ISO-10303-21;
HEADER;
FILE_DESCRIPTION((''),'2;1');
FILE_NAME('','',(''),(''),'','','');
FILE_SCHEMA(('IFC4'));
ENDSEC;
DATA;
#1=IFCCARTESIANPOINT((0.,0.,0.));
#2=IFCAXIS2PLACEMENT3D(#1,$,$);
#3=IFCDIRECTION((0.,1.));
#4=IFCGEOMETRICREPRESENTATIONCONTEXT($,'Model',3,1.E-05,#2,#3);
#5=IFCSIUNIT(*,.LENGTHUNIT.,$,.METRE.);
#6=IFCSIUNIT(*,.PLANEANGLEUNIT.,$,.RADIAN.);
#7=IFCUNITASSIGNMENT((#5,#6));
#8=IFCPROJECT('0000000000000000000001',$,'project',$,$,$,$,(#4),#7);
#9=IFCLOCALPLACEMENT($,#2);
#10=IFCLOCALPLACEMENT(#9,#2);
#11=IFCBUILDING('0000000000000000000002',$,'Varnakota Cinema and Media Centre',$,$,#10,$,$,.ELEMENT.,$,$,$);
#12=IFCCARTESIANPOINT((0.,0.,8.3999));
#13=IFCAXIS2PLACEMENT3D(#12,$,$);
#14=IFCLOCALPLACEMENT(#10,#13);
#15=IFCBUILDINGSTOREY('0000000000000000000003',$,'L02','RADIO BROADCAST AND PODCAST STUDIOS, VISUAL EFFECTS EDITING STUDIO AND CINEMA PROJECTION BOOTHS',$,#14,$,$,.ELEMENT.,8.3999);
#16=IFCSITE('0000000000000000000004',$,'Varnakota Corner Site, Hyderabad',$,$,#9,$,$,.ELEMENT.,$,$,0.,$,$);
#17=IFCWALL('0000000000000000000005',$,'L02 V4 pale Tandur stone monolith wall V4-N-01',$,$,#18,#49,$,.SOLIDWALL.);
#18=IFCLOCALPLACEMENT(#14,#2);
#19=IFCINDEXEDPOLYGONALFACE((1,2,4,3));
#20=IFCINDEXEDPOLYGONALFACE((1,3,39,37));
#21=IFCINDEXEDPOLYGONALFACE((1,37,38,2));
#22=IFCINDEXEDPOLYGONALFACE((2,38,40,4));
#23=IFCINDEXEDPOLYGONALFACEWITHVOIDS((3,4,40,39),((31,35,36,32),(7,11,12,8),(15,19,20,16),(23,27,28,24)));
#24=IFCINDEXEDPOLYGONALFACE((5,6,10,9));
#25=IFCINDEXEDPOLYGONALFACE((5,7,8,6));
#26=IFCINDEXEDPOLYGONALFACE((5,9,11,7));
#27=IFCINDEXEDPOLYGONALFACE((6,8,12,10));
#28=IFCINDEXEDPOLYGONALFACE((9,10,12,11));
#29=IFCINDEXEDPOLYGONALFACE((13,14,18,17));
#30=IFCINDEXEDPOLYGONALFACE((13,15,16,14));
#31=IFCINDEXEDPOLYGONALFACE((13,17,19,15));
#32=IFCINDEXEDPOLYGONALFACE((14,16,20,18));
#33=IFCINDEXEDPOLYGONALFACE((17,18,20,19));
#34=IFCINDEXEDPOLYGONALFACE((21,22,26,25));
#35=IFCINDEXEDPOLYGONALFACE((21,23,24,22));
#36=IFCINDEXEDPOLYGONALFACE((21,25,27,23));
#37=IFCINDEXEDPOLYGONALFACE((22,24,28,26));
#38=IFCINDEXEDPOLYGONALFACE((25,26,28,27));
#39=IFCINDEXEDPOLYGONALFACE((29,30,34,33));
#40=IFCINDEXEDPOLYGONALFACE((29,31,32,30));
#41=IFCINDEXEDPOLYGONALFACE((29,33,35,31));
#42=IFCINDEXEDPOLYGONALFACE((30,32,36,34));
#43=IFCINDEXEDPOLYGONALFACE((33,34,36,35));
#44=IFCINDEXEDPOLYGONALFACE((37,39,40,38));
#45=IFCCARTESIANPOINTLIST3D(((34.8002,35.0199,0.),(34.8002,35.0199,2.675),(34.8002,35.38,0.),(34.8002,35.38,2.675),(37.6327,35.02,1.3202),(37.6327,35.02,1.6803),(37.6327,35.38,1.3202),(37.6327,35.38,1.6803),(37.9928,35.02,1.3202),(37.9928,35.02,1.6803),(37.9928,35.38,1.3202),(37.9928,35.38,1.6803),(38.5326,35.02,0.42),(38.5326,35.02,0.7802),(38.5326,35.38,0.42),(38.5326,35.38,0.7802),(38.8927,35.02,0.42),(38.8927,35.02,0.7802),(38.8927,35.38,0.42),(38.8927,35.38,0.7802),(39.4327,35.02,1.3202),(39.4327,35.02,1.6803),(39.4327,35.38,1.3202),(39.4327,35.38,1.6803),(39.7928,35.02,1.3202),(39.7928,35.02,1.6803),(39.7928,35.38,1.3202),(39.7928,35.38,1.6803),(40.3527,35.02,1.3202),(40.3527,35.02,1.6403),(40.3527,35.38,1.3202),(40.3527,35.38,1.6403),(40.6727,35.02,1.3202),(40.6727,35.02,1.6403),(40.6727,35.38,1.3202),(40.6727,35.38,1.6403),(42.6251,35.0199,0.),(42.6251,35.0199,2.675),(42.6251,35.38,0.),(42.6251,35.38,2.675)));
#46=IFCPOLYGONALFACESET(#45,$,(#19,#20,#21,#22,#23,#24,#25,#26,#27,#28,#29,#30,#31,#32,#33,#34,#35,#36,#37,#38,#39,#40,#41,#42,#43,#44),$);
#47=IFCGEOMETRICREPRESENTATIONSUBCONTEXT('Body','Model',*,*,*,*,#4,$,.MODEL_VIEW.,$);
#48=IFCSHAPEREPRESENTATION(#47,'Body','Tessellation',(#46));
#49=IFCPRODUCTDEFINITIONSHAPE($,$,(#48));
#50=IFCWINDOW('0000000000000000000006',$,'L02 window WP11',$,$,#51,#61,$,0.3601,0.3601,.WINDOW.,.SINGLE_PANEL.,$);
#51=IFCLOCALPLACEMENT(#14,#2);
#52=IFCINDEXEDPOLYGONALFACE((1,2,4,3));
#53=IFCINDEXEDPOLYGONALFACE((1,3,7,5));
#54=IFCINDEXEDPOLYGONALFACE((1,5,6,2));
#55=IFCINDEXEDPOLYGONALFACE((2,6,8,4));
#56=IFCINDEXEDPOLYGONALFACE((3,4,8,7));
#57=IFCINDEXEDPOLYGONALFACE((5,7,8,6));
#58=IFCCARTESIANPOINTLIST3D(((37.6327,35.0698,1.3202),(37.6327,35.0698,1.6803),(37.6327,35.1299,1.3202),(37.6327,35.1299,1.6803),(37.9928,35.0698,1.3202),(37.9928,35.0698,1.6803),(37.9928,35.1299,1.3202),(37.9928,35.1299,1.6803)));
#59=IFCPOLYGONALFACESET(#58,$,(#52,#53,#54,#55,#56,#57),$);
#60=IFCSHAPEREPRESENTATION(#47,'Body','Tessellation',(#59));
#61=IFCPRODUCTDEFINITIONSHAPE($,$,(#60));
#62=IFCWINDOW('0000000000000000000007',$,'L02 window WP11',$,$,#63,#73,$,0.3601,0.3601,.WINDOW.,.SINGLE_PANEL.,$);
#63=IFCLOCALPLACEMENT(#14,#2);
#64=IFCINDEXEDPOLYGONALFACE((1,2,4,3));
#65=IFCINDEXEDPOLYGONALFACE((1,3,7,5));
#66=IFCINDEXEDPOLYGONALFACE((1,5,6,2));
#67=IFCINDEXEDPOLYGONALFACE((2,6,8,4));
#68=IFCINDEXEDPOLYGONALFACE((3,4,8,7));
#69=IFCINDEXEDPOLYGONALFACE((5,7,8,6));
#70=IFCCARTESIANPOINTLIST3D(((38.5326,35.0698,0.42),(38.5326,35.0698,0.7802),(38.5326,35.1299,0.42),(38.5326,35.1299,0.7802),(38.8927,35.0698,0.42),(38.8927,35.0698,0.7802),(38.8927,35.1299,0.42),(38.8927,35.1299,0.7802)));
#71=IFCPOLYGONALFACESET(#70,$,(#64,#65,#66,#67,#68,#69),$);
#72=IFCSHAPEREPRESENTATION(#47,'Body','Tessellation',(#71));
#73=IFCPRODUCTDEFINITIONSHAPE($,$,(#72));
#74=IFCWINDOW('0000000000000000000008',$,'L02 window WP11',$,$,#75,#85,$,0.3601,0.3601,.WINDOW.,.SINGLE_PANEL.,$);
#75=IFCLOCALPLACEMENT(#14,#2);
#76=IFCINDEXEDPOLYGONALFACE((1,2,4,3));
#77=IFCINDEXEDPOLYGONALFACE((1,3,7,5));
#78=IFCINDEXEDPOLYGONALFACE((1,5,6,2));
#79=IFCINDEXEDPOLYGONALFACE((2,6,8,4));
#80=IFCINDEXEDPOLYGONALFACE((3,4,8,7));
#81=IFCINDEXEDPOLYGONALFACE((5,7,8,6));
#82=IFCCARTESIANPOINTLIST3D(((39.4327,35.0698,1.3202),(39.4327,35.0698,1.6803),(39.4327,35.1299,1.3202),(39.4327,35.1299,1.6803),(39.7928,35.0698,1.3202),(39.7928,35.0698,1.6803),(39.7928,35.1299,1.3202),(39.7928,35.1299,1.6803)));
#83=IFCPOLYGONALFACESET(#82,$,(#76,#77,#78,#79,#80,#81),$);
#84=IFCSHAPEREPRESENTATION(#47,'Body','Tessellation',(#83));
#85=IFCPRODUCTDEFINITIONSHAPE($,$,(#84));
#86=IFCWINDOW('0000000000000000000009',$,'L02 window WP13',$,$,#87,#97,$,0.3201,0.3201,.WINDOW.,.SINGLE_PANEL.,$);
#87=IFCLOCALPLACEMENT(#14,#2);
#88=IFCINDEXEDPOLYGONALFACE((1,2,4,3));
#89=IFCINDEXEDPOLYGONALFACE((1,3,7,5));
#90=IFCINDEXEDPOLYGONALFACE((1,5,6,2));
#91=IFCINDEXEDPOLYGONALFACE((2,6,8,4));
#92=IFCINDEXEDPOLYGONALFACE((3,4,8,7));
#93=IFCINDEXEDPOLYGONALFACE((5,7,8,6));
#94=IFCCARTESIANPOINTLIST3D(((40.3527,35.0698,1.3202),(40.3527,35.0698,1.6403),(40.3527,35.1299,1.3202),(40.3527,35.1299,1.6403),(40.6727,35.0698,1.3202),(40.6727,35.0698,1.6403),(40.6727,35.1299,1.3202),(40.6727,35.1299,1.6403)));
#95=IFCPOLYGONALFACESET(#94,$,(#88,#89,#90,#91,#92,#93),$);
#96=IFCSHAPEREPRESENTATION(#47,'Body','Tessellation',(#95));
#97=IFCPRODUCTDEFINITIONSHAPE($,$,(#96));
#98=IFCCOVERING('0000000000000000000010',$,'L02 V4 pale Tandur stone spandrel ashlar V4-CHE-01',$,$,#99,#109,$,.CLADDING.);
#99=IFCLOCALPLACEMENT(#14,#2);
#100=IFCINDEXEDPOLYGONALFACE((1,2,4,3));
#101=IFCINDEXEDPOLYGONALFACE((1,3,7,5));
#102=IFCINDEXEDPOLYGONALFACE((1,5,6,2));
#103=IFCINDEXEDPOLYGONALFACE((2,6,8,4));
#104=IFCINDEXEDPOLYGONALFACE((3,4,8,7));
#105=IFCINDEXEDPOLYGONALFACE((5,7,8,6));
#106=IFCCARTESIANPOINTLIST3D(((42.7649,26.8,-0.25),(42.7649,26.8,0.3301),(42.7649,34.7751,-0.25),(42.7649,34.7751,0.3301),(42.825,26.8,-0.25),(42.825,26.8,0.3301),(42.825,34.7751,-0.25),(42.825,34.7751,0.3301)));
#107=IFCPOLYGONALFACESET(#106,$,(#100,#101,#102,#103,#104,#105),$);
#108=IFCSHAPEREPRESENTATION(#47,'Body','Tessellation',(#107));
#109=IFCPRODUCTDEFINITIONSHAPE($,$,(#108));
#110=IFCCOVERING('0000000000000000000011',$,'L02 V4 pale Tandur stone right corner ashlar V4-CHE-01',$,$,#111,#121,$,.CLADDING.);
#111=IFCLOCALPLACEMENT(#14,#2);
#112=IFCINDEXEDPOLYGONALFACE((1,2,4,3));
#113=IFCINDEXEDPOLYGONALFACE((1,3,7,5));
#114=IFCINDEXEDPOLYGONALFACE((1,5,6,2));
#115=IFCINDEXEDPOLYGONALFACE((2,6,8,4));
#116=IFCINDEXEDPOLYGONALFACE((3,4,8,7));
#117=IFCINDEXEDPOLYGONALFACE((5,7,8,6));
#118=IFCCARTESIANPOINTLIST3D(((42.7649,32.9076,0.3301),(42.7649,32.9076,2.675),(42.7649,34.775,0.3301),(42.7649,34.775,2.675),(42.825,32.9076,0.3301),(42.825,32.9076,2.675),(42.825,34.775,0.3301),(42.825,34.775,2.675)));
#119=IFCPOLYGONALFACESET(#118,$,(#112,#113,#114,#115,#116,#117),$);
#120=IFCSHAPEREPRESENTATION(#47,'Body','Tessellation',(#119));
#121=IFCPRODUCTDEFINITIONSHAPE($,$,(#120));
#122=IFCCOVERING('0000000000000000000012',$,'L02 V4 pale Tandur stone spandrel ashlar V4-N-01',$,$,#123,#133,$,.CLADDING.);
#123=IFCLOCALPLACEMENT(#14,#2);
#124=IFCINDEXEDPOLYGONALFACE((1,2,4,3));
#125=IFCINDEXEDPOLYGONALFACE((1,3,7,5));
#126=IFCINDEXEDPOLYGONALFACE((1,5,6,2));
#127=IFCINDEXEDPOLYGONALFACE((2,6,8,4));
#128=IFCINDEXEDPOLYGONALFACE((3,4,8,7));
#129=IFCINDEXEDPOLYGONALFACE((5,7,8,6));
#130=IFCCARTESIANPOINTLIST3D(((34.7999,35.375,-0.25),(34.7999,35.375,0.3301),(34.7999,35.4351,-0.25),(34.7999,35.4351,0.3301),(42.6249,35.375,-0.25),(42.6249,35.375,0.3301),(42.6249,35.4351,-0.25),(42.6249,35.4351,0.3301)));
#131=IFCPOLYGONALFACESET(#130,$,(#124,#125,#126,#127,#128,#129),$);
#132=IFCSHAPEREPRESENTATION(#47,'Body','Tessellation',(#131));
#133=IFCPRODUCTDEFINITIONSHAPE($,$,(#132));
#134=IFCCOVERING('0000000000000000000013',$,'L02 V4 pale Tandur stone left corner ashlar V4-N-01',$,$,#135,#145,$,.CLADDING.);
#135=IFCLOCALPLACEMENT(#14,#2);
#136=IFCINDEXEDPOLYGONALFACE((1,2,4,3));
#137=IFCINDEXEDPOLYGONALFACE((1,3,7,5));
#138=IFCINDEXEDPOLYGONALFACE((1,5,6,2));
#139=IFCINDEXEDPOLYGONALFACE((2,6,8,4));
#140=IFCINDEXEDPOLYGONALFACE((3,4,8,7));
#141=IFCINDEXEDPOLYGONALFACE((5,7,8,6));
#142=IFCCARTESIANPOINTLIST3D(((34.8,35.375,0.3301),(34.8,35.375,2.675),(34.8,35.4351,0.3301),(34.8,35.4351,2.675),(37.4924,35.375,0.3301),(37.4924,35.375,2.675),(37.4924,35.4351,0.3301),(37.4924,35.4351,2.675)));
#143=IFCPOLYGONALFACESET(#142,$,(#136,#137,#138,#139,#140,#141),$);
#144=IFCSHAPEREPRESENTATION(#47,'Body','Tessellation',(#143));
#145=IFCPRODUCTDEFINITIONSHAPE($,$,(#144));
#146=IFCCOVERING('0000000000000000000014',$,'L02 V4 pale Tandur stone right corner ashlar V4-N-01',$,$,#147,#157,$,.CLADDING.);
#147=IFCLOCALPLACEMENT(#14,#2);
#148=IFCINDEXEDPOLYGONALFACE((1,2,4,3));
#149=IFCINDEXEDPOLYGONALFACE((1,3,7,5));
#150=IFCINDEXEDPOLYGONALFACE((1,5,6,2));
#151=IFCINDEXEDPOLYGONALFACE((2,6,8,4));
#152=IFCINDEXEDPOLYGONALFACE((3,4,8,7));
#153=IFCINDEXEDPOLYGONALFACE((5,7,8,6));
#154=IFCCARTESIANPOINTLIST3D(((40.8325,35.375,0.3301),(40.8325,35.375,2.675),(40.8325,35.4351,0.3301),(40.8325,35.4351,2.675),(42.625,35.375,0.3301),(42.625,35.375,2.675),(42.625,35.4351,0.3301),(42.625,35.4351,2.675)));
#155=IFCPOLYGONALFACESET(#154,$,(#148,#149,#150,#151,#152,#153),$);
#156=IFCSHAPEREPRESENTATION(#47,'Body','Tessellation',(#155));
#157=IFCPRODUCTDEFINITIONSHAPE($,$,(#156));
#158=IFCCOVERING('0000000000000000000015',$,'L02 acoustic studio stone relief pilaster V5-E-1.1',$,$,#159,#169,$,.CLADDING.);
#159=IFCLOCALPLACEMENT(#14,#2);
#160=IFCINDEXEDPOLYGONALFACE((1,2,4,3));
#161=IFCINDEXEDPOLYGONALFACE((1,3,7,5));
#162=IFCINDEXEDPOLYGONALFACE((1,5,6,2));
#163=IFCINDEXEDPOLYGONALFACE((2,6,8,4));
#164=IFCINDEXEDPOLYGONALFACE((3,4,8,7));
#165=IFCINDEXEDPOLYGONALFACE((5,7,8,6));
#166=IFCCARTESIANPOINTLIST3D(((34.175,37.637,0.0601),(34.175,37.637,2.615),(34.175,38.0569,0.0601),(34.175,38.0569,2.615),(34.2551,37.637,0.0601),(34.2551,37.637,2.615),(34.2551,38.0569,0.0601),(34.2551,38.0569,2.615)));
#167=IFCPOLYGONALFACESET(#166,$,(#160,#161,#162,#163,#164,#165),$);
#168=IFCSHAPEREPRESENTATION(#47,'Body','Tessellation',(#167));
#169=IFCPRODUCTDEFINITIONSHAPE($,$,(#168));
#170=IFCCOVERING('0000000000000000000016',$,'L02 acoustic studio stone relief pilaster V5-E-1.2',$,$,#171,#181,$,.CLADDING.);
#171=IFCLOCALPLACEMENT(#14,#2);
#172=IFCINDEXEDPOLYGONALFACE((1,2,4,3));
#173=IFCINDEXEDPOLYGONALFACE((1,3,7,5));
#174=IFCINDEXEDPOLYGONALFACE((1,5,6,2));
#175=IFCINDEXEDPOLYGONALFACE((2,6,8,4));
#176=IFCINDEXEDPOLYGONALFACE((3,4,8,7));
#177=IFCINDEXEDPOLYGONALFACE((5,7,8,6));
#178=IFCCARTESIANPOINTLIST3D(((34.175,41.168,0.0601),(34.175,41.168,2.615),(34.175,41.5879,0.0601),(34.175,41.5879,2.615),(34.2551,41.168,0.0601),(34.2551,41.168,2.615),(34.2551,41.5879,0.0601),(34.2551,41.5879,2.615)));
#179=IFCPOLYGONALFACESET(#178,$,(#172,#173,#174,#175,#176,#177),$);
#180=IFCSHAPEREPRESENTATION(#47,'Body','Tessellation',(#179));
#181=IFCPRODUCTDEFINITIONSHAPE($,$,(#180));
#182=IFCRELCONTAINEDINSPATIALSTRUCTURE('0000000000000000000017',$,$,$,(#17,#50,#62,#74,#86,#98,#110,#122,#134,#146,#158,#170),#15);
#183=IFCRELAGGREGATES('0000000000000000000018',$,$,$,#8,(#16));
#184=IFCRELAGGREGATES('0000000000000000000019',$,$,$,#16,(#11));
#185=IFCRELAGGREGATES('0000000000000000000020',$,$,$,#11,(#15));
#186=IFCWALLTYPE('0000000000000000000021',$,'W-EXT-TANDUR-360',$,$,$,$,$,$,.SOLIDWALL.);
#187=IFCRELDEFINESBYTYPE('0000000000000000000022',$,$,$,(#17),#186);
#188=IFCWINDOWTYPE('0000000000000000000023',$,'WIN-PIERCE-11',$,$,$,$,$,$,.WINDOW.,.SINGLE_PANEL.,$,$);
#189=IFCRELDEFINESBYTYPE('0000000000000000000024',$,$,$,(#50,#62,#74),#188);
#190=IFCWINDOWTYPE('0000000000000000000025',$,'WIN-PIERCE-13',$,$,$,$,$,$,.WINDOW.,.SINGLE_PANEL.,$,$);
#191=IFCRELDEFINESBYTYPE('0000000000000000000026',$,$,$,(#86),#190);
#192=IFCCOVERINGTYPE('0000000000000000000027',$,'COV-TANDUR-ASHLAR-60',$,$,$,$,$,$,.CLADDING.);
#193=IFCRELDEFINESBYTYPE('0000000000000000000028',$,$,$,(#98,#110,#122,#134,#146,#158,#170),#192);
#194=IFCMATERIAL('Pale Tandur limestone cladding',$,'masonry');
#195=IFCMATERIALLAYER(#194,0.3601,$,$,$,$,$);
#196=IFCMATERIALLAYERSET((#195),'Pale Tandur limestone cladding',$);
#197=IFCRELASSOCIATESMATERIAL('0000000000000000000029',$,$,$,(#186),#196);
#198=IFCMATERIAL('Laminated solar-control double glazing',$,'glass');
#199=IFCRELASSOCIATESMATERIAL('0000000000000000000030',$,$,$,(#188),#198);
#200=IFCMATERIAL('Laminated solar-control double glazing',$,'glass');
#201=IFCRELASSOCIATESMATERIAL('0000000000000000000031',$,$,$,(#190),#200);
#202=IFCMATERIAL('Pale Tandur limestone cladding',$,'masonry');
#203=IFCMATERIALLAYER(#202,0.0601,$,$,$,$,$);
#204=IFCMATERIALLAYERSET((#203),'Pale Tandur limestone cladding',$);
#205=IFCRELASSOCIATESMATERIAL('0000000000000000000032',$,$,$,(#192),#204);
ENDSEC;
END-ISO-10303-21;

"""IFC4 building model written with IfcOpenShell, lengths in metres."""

from ifc_helpers import new_model, si_unit, direction, frame, frame_2d, origin, origin_2d, place, context, subcontext, project, spatial, rectangle, extrude, material, layer, layer_set, type_object, element, fill, save


model = new_model("IFC4")

# Units and contexts
model_context = context("Model", 3, precision=1e-05, world=origin(), true_north=direction((0.0, 1.0)))
body_context = subcontext(model_context, "Body", "Model", "MODEL_VIEW")
ifc_project = project(units=[si_unit("LENGTHUNIT", "METRE"), si_unit("PLANEANGLEUNIT", "RADIAN")], contexts=[model_context])

# Site, building, storey
site_placement = place(None, origin())
site = spatial("IfcSite", under=ifc_project, at=site_placement, Name="Varnakota Corner Site, Hyderabad", CompositionType="ELEMENT", RefElevation=0.0)
building_placement = place(site_placement, origin())
building = spatial("IfcBuilding", under=site, at=building_placement, Name="Varnakota Cinema and Media Centre", CompositionType="ELEMENT")
storey_placement = place(building_placement, frame((0.0, 0.0, 8.3999)))
storey = spatial("IfcBuildingStorey", under=building, at=storey_placement, Name="L02", Description="RADIO BROADCAST AND PODCAST STUDIOS, VISUAL EFFECTS EDITING STUDIO AND CINEMA PROJECTION BOOTHS", CompositionType="ELEMENT", Elevation=8.3999)

# Wall, openings, windows
ifc_material_1 = material(Name="Pale Tandur limestone cladding", Category="masonry")
ifc_layer_1 = layer(ifc_material_1, 0.3601)
ifc_layer_set_1 = layer_set([ifc_layer_1], Name="Pale Tandur limestone cladding")
wall_type_1 = type_object("IfcWallType", Name="W-EXT-TANDUR-360", PredefinedType="SOLIDWALL", material=ifc_layer_set_1)
wall_1_placement = place(storey_placement, frame((34.8, 35.2, 0.0), z_axis=(0.0, 0.0, 1.0), x_axis=(1.0, 0.0, 0.0)))
wall_1 = element("IfcWall", 1, at=wall_1_placement, inside=storey, type_object=wall_type_1, Name="L02 V4 pale Tandur stone monolith wall V4-N-01", PredefinedType="SOLIDWALL", context=body_context, shape_type="SweptSolid", body=[
    extrude(rectangle(XDim=7.825, YDim=0.3601, at=frame_2d((3.9126, 0.0))), origin(), (0.0, 0.0, 1.0), 2.675),
])
opening_1_placement = place(wall_1_placement, frame((2.8325, 0.0, 1.3201)))
opening_1 = element("IfcOpeningElement", 2, at=opening_1_placement, cuts=wall_1, PredefinedType="OPENING", context=body_context, shape_type="SweptSolid", body=[
    extrude(rectangle(XDim=0.3601, YDim=0.3601, at=frame_2d((0.1802, 0.1802))), frame((0.0, 0.1802, 0.0), z_axis=(0.0, -1.0, 0.0), x_axis=(1.0, 0.0, 0.0)), (0.0, 0.0, 1.0), 0.3601),
])
opening_2_placement = place(wall_1_placement, frame((3.7324, 0.0, 0.4199)))
opening_2 = element("IfcOpeningElement", 3, at=opening_2_placement, cuts=wall_1, PredefinedType="OPENING", context=body_context, shape_type="SweptSolid", body=[
    extrude(rectangle(XDim=0.3601, YDim=0.3601, at=frame_2d((0.1802, 0.1802))), frame((0.0, 0.1802, 0.0), z_axis=(0.0, -1.0, 0.0), x_axis=(1.0, 0.0, 0.0)), (0.0, 0.0, 1.0), 0.3601),
])
opening_3_placement = place(wall_1_placement, frame((4.6326, 0.0, 1.3201)))
opening_3 = element("IfcOpeningElement", 4, at=opening_3_placement, cuts=wall_1, PredefinedType="OPENING", context=body_context, shape_type="SweptSolid", body=[
    extrude(rectangle(XDim=0.3601, YDim=0.3601, at=frame_2d((0.1802, 0.1802))), frame((0.0, 0.1802, 0.0), z_axis=(0.0, -1.0, 0.0), x_axis=(1.0, 0.0, 0.0)), (0.0, 0.0, 1.0), 0.3601),
])
opening_4_placement = place(wall_1_placement, frame((5.5525, 0.0, 1.3201)))
opening_4 = element("IfcOpeningElement", 5, at=opening_4_placement, cuts=wall_1, PredefinedType="OPENING", context=body_context, shape_type="SweptSolid", body=[
    extrude(rectangle(XDim=0.3201, YDim=0.3201, at=frame_2d((0.1602, 0.1602))), frame((0.0, 0.1802, 0.0), z_axis=(0.0, -1.0, 0.0), x_axis=(1.0, 0.0, 0.0)), (0.0, 0.0, 1.0), 0.3601),
])
ifc_material_2 = material(Name="Laminated solar-control double glazing", Category="glass")
window_type_1 = type_object("IfcWindowType", Name="WIN-PIERCE-11", PartitioningType="SINGLE_PANEL", PredefinedType="WINDOW", material=ifc_material_2)
window_1_placement = place(opening_1_placement, origin())
window_1 = element("IfcWindow", 6, at=window_1_placement, inside=storey, type_object=window_type_1, Name="L02 window WP11", OverallHeight=0.3601, OverallWidth=0.3601, PartitioningType="SINGLE_PANEL", PredefinedType="WINDOW", context=body_context, shape_type="SweptSolid", body=[
    extrude(rectangle(XDim=0.3601, YDim=0.3601, at=frame_2d((0.1802, 0.1802))), frame((0.0, -0.0701, 0.0), z_axis=(0.0, -1.0, 0.0), x_axis=(1.0, 0.0, 0.0)), (0.0, 0.0, 1.0), 0.0601),
])
fill(opening_1, window_1)
window_2_placement = place(opening_2_placement, origin())
window_2 = element("IfcWindow", 7, at=window_2_placement, inside=storey, type_object=window_type_1, Name="L02 window WP11", OverallHeight=0.3601, OverallWidth=0.3601, PartitioningType="SINGLE_PANEL", PredefinedType="WINDOW", context=body_context, shape_type="SweptSolid", body=[
    extrude(rectangle(XDim=0.3601, YDim=0.3601, at=frame_2d((0.1802, 0.1802))), frame((0.0, -0.0701, 0.0), z_axis=(0.0, -1.0, 0.0), x_axis=(1.0, 0.0, 0.0)), (0.0, 0.0, 1.0), 0.0601),
])
fill(opening_2, window_2)
window_3_placement = place(opening_3_placement, origin())
window_3 = element("IfcWindow", 8, at=window_3_placement, inside=storey, type_object=window_type_1, Name="L02 window WP11", OverallHeight=0.3601, OverallWidth=0.3601, PartitioningType="SINGLE_PANEL", PredefinedType="WINDOW", context=body_context, shape_type="SweptSolid", body=[
    extrude(rectangle(XDim=0.3601, YDim=0.3601, at=frame_2d((0.1802, 0.1802))), frame((0.0, -0.0701, 0.0), z_axis=(0.0, -1.0, 0.0), x_axis=(1.0, 0.0, 0.0)), (0.0, 0.0, 1.0), 0.0601),
])
fill(opening_3, window_3)
ifc_material_3 = material(Name="Laminated solar-control double glazing", Category="glass")
window_type_2 = type_object("IfcWindowType", Name="WIN-PIERCE-13", PartitioningType="SINGLE_PANEL", PredefinedType="WINDOW", material=ifc_material_3)
window_4_placement = place(opening_4_placement, origin())
window_4 = element("IfcWindow", 9, at=window_4_placement, inside=storey, type_object=window_type_2, Name="L02 window WP13", OverallHeight=0.3201, OverallWidth=0.3201, PartitioningType="SINGLE_PANEL", PredefinedType="WINDOW", context=body_context, shape_type="SweptSolid", body=[
    extrude(rectangle(XDim=0.3201, YDim=0.3201, at=frame_2d((0.1602, 0.1602))), frame((0.0, -0.0701, 0.0), z_axis=(0.0, -1.0, 0.0), x_axis=(1.0, 0.0, 0.0)), (0.0, 0.0, 1.0), 0.0601),
])
fill(opening_4, window_4)

# Coverings
ifc_material_4 = material(Name="Pale Tandur limestone cladding", Category="masonry")
ifc_layer_2 = layer(ifc_material_4, 0.0601)
ifc_layer_set_2 = layer_set([ifc_layer_2], Name="Pale Tandur limestone cladding")
covering_type = type_object("IfcCoveringType", Name="COV-TANDUR-ASHLAR-60", PredefinedType="CLADDING", material=ifc_layer_set_2)
covering_1_placement = place(storey_placement, frame((42.7949, 30.7876, -0.25), z_axis=(0.0, 0.0, 1.0), x_axis=(0.0, 1.0, 0.0)))
element("IfcCovering", 10, at=covering_1_placement, inside=storey, type_object=covering_type, Name="L02 V4 pale Tandur stone spandrel ashlar V4-CHE-01", PredefinedType="CLADDING", context=body_context, shape_type="SweptSolid", body=[
    extrude(rectangle(XDim=7.9751, YDim=0.0601, at=origin_2d()), origin(), (0.0, 0.0, 1.0), 0.5801),
])
covering_2_placement = place(storey_placement, frame((42.7949, 33.8413, 0.3301), z_axis=(0.0, 0.0, 1.0), x_axis=(0.0, 1.0, 0.0)))
element("IfcCovering", 11, at=covering_2_placement, inside=storey, type_object=covering_type, Name="L02 V4 pale Tandur stone right corner ashlar V4-CHE-01", PredefinedType="CLADDING", context=body_context, shape_type="SweptSolid", body=[
    extrude(rectangle(XDim=1.8674, YDim=0.0601, at=origin_2d()), origin(), (0.0, 0.0, 1.0), 2.345),
])
covering_3_placement = place(storey_placement, frame((38.7124, 35.405, -0.25), z_axis=(0.0, 0.0, 1.0), x_axis=(1.0, 0.0, 0.0)))
element("IfcCovering", 12, at=covering_3_placement, inside=storey, type_object=covering_type, Name="L02 V4 pale Tandur stone spandrel ashlar V4-N-01", PredefinedType="CLADDING", context=body_context, shape_type="SweptSolid", body=[
    extrude(rectangle(XDim=7.825, YDim=0.0601, at=origin_2d()), origin(), (0.0, 0.0, 1.0), 0.5801),
])
covering_4_placement = place(storey_placement, frame((36.1462, 35.405, 0.3301), z_axis=(0.0, 0.0, 1.0), x_axis=(1.0, 0.0, 0.0)))
element("IfcCovering", 13, at=covering_4_placement, inside=storey, type_object=covering_type, Name="L02 V4 pale Tandur stone left corner ashlar V4-N-01", PredefinedType="CLADDING", context=body_context, shape_type="SweptSolid", body=[
    extrude(rectangle(XDim=2.6924, YDim=0.0601, at=origin_2d()), origin(), (0.0, 0.0, 1.0), 2.345),
])
covering_5_placement = place(storey_placement, frame((41.7288, 35.405, 0.3301), z_axis=(0.0, 0.0, 1.0), x_axis=(1.0, 0.0, 0.0)))
element("IfcCovering", 14, at=covering_5_placement, inside=storey, type_object=covering_type, Name="L02 V4 pale Tandur stone right corner ashlar V4-N-01", PredefinedType="CLADDING", context=body_context, shape_type="SweptSolid", body=[
    extrude(rectangle(XDim=1.7925, YDim=0.0601, at=origin_2d()), origin(), (0.0, 0.0, 1.0), 2.345),
])
for number, where, z_axis, x_axis, name in (
    (15, (34.2151, 37.8469, 0.0601), (0.0, 0.0, 1.0), (0.0, 1.0, 0.0), "L02 acoustic studio stone relief pilaster V5-E-1.1"),
    (16, (34.2151, 41.3779, 0.0601), (0.0, 0.0, 1.0), (0.0, 1.0, 0.0), "L02 acoustic studio stone relief pilaster V5-E-1.2"),
):
    element("IfcCovering", number, at=place(storey_placement, frame(where, z_axis=z_axis, x_axis=x_axis)), inside=storey, type_object=covering_type, Name=name, PredefinedType="CLADDING", context=body_context, shape_type="SweptSolid", body=[
        extrude(rectangle(XDim=0.4199, YDim=0.0801, at=origin_2d()), origin(), (0.0, 0.0, 1.0), 2.5549),
    ])

save(model, "model.ifc")
